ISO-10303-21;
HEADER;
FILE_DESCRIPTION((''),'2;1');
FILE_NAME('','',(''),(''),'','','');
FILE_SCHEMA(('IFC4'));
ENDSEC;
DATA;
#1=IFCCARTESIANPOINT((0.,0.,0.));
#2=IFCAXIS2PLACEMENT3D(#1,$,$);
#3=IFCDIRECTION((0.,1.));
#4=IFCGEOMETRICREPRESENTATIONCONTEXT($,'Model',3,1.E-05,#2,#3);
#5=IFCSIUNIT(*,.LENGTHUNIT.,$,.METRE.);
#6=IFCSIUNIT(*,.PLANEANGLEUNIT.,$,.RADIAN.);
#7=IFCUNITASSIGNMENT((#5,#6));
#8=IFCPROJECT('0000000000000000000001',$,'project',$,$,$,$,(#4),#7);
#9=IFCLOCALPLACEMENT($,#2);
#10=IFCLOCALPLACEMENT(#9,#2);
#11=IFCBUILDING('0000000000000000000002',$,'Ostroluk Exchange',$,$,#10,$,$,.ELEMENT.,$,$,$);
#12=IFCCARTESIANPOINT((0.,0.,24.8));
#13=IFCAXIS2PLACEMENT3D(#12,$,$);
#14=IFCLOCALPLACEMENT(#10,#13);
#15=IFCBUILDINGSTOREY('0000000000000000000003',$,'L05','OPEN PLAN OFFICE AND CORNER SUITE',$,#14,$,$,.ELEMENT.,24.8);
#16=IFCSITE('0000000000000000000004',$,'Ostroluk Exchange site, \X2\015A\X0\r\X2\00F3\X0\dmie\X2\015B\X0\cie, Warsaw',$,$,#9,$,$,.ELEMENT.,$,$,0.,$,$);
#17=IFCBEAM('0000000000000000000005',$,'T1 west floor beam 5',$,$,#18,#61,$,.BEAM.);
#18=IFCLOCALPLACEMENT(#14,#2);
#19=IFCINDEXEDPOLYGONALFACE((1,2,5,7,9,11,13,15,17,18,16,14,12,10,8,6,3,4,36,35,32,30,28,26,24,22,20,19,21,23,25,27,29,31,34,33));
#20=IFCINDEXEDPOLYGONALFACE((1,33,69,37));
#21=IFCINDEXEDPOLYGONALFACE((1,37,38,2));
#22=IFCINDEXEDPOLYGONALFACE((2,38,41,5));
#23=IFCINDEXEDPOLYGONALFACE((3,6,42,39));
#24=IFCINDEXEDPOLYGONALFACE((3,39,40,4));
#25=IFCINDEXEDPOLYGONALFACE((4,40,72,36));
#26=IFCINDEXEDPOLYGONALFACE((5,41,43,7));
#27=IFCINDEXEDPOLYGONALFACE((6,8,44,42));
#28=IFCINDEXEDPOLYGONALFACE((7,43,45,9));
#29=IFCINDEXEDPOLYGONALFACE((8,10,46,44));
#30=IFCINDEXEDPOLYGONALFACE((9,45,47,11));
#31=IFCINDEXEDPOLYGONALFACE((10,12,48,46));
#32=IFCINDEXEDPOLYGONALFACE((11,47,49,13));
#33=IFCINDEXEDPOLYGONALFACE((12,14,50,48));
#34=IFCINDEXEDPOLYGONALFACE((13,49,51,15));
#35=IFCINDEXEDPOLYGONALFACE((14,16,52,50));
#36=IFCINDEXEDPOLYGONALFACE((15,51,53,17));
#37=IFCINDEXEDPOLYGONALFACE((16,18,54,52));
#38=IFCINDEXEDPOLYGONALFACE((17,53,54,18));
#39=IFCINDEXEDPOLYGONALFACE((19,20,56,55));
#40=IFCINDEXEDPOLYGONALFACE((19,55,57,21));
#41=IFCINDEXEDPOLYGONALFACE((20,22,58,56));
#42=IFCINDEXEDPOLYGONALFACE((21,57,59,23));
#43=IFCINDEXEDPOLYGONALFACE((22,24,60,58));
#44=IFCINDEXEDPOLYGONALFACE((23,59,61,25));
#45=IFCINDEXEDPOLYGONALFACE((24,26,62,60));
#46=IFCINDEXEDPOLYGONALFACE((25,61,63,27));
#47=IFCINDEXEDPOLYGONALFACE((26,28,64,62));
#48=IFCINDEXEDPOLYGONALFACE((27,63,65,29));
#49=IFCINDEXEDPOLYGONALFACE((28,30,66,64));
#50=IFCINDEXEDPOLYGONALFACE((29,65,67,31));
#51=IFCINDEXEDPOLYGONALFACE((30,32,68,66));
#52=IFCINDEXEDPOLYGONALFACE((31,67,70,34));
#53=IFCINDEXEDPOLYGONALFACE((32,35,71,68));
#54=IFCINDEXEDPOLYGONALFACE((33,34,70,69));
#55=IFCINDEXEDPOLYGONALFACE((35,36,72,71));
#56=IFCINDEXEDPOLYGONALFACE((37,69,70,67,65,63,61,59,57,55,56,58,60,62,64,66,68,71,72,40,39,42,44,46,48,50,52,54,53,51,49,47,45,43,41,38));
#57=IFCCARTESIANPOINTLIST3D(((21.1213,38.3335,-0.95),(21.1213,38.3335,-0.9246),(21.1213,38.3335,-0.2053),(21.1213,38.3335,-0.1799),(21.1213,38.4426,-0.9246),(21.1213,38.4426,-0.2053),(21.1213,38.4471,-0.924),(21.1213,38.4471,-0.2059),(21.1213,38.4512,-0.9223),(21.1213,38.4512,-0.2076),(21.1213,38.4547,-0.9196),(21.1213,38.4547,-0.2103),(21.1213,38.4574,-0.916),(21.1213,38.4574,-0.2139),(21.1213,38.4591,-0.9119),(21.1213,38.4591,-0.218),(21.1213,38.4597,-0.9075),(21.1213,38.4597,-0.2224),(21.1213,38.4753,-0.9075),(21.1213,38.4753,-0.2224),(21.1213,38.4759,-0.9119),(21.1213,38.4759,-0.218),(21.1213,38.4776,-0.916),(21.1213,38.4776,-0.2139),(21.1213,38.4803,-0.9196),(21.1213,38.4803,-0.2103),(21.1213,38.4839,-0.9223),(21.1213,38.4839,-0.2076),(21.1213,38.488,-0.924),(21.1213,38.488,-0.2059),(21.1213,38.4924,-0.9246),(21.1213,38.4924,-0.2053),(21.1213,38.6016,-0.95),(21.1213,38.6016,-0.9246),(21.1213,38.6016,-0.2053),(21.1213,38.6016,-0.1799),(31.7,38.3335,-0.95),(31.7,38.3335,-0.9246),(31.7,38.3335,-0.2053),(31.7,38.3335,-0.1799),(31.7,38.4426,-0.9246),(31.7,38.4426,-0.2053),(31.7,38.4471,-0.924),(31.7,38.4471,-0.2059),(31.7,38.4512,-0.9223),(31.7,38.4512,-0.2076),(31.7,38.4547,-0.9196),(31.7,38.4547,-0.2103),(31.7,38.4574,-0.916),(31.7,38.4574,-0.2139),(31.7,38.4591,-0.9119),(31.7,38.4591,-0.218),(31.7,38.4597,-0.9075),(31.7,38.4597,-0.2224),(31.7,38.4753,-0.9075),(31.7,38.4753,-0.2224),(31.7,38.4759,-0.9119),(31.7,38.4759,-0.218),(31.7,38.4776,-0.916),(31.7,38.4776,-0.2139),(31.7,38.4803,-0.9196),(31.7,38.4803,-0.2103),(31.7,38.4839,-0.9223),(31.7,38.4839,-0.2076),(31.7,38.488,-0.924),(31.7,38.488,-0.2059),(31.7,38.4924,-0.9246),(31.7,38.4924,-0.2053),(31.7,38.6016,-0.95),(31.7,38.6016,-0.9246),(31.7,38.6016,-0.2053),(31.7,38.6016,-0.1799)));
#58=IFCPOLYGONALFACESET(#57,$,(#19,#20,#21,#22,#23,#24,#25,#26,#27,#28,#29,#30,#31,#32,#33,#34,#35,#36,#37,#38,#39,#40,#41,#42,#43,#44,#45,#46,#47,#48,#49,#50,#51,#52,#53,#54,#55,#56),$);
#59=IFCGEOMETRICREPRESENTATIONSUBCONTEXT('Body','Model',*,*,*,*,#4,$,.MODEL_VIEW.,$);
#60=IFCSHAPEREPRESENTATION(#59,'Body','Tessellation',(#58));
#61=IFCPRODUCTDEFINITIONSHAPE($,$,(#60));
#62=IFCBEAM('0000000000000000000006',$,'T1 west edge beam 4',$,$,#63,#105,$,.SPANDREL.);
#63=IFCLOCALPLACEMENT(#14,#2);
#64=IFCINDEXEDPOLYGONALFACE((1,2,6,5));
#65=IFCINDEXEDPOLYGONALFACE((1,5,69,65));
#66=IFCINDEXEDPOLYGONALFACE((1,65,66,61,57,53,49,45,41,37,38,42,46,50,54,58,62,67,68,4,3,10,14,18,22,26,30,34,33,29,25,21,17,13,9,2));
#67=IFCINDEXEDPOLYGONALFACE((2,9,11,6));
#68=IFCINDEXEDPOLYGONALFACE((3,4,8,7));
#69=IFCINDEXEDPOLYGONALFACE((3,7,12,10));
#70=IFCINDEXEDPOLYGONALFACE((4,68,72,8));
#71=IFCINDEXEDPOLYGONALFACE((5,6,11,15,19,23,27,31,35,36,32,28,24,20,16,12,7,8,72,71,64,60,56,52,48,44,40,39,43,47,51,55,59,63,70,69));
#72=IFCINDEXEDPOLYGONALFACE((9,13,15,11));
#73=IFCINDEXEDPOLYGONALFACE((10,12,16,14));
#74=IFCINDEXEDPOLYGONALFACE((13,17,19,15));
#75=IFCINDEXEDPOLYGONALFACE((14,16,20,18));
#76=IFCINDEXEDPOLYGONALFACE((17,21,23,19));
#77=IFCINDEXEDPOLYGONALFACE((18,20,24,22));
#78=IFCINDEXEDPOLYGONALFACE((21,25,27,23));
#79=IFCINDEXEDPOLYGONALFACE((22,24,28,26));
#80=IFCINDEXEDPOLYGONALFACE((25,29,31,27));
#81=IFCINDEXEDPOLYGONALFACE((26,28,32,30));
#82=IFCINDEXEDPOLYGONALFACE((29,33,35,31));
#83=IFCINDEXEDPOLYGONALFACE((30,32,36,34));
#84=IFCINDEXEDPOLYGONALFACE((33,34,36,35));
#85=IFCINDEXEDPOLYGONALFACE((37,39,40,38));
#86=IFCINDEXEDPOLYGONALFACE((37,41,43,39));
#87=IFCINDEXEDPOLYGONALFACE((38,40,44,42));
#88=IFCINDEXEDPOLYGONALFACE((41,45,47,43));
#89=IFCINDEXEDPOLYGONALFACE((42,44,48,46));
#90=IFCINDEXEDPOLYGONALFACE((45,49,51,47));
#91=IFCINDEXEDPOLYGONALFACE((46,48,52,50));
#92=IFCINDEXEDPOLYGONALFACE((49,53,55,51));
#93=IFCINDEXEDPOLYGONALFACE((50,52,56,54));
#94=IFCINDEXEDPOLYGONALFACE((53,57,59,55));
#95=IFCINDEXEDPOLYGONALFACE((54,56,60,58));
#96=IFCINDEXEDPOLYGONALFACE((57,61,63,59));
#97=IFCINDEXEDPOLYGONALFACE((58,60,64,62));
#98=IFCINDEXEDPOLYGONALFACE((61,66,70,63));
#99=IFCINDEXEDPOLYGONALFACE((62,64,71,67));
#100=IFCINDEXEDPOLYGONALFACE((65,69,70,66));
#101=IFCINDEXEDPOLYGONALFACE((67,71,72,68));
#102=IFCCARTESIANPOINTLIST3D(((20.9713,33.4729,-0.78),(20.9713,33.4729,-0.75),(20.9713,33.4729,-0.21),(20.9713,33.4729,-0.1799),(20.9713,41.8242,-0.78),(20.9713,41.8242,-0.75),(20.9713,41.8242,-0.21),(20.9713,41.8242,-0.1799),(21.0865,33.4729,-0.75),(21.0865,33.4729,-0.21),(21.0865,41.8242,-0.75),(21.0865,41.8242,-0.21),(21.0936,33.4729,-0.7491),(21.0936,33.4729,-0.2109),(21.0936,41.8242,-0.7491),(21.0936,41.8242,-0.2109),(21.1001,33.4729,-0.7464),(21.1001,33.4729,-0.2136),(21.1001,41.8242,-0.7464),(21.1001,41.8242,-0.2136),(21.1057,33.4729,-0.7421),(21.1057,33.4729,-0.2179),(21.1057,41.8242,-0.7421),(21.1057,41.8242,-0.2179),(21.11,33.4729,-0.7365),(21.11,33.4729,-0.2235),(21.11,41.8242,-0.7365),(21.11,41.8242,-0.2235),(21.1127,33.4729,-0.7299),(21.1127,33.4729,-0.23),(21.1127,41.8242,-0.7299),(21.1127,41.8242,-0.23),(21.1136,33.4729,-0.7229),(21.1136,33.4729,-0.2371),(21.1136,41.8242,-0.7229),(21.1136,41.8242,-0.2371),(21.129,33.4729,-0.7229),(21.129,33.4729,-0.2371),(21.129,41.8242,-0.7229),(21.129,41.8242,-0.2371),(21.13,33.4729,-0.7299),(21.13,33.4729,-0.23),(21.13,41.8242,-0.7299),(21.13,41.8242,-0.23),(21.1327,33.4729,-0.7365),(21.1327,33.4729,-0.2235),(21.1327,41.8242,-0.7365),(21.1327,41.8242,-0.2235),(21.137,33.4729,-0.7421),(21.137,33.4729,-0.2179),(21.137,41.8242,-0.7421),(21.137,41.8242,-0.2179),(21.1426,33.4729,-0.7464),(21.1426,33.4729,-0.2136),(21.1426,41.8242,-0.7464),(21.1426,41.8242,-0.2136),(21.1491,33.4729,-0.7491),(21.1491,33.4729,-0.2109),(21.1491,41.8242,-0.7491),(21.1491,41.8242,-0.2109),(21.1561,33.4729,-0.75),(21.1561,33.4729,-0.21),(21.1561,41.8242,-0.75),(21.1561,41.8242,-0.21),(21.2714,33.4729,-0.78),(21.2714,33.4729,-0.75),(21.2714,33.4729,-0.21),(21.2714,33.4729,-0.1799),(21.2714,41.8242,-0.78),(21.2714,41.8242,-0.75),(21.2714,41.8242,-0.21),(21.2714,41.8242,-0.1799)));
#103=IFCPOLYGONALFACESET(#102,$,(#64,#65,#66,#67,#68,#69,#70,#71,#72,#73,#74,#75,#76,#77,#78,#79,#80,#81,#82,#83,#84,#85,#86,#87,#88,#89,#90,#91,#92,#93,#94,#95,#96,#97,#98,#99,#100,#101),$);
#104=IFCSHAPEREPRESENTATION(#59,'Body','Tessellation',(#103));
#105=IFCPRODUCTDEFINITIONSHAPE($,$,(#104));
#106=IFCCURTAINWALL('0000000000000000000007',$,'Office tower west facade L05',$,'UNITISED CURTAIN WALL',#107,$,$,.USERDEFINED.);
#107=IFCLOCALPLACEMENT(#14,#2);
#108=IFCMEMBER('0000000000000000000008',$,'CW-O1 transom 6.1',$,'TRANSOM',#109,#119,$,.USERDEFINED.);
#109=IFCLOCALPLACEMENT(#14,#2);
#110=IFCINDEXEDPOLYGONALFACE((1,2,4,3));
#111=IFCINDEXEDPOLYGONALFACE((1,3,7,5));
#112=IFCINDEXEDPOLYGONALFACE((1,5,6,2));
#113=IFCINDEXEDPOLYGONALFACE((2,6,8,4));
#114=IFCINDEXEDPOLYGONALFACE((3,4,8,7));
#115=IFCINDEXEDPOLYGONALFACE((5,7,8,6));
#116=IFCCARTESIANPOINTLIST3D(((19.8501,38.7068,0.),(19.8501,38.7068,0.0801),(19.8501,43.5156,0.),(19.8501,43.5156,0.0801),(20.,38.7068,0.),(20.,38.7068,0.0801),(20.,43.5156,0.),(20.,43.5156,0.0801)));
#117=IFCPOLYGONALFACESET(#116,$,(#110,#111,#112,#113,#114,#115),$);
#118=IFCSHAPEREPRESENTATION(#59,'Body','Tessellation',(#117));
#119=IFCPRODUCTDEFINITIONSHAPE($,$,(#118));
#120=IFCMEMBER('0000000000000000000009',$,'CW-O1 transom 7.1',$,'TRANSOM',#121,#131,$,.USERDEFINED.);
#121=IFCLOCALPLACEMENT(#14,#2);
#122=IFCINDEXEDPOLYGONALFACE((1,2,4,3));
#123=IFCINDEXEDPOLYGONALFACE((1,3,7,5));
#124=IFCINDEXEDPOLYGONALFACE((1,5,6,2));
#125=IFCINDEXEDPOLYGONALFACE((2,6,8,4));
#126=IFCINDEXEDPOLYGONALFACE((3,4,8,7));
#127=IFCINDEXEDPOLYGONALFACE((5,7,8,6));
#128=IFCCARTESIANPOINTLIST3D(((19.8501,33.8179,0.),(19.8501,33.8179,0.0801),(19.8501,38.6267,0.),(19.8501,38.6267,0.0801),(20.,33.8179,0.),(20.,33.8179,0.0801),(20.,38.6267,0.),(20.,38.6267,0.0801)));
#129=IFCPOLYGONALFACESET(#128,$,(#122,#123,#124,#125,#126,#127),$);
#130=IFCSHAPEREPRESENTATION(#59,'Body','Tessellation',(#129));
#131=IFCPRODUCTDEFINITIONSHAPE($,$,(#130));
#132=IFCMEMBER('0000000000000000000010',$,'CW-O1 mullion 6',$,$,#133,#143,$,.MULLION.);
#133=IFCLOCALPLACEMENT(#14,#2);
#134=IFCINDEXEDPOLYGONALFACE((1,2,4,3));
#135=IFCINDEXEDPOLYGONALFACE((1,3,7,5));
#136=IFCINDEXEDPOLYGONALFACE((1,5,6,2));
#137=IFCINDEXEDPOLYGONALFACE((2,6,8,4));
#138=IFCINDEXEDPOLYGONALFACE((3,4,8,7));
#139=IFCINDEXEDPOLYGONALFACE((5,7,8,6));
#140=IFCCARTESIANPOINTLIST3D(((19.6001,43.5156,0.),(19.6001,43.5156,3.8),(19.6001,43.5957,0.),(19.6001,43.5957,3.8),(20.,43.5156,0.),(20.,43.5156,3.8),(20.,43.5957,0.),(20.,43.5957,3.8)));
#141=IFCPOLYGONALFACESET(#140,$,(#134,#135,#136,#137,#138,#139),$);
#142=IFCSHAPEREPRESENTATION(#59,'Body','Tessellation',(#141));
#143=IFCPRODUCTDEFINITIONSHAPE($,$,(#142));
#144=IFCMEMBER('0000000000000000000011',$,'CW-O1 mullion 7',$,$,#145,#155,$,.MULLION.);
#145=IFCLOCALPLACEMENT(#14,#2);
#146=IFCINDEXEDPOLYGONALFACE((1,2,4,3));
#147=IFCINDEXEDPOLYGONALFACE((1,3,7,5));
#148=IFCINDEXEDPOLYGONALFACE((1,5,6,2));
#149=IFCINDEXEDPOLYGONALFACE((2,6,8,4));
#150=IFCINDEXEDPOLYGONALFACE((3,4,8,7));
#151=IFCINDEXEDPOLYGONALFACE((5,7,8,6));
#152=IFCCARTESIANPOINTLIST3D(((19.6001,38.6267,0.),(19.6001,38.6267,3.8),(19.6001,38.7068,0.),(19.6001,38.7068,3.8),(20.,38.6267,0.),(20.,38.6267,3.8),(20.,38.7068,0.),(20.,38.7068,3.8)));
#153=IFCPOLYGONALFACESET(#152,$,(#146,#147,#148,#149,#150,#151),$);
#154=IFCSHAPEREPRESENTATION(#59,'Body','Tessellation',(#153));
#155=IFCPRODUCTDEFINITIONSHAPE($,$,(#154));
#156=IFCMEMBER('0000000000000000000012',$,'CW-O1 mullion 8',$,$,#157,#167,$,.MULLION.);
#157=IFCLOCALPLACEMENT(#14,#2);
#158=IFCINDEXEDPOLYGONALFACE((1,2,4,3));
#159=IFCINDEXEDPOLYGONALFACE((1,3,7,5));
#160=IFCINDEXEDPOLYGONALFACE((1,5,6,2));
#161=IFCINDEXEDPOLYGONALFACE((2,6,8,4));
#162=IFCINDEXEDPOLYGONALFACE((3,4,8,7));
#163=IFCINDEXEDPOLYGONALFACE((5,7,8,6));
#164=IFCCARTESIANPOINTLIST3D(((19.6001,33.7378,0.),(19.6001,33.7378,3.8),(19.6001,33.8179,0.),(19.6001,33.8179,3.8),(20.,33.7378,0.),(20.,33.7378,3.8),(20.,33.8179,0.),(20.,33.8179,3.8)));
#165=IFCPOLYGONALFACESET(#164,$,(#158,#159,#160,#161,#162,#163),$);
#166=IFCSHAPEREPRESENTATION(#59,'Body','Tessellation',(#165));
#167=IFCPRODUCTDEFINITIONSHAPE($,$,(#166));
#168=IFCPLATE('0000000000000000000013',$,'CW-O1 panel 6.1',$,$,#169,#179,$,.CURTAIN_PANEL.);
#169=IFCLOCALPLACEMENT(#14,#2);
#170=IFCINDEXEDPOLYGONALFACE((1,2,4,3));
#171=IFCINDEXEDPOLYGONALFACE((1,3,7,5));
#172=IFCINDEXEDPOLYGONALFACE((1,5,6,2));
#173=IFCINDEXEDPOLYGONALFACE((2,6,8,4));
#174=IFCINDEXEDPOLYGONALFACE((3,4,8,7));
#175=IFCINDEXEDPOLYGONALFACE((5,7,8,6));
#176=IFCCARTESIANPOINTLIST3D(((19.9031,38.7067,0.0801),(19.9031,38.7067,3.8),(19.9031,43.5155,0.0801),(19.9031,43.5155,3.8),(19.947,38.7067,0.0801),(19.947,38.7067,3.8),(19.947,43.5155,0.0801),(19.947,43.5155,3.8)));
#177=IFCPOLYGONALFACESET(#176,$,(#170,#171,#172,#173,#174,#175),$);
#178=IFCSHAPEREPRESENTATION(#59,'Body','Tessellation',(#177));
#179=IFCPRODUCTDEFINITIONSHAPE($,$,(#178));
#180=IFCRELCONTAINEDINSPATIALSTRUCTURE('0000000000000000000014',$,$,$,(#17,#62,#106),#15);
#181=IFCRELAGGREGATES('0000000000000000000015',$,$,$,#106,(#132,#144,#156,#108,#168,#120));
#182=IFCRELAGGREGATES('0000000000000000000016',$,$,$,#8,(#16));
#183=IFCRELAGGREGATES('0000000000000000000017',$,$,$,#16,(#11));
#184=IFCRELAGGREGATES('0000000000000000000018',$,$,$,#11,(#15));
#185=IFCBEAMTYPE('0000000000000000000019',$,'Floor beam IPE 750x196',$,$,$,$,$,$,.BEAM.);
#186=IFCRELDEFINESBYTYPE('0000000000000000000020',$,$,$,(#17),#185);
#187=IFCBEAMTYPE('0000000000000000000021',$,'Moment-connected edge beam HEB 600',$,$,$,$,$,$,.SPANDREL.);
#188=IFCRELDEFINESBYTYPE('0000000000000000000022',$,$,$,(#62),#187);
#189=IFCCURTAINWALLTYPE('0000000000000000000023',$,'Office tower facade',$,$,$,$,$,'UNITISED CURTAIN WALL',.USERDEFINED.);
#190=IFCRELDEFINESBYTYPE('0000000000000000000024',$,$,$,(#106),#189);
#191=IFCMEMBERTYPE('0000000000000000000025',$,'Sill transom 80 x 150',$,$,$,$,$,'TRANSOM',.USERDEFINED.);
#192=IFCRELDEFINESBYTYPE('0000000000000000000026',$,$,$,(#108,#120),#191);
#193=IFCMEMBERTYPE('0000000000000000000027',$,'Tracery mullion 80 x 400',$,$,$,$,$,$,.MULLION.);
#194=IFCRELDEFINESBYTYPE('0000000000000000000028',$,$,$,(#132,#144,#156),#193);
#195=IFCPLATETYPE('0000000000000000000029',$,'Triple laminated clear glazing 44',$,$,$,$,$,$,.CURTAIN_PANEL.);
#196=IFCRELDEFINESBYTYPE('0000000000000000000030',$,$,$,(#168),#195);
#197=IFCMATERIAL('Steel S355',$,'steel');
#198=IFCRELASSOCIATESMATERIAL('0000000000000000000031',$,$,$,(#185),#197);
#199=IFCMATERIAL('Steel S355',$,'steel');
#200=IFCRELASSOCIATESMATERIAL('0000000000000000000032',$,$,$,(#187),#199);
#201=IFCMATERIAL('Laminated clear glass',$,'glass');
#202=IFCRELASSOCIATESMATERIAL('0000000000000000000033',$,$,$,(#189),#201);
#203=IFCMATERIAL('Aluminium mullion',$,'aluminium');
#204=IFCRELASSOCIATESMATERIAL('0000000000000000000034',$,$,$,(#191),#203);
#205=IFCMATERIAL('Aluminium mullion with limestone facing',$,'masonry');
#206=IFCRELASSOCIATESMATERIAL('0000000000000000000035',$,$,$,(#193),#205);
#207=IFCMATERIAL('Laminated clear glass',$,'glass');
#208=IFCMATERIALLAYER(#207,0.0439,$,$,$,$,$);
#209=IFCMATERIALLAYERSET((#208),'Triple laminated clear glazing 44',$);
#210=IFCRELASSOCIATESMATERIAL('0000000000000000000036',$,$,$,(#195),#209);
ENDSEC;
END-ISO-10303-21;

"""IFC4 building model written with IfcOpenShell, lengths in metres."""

from ifc_helpers import new_model, si_unit, direction, frame, origin, origin_2d, place, context, subcontext, project, spatial, rectangle, i_section, extrude, material, layer, layer_set, material_profile, profile_set, type_object, element, aggregate, save


model = new_model("IFC4")

# Units and contexts
model_context = context("Model", 3, precision=1e-05, world=origin(), true_north=direction((0.0, 1.0)))
body_context = subcontext(model_context, "Body", "Model", "MODEL_VIEW")
ifc_project = project(units=[si_unit("LENGTHUNIT", "METRE"), si_unit("PLANEANGLEUNIT", "RADIAN")], contexts=[model_context])

# Site, building, storey
site_placement = place(None, origin())
site = spatial("IfcSite", under=ifc_project, at=site_placement, Name="Ostroluk Exchange site, Śródmieście, Warsaw", CompositionType="ELEMENT", RefElevation=0.0)
building_placement = place(site_placement, origin())
building = spatial("IfcBuilding", under=site, at=building_placement, Name="Ostroluk Exchange", CompositionType="ELEMENT")
storey_placement = place(building_placement, frame((0.0, 0.0, 24.8)))
storey = spatial("IfcBuildingStorey", under=building, at=storey_placement, Name="L05", Description="OPEN PLAN OFFICE AND CORNER SUITE", CompositionType="ELEMENT", Elevation=24.8)

# Beams
ifc_material_1 = material(Name="Steel S355", Category="steel")
ifc_material_profile_1 = material_profile(ifc_material_1, i_section(OverallWidth=0.2681, OverallDepth=0.77, WebThickness=0.0156, FlangeThickness=0.0254, FilletRadius=0.0171, at=origin_2d()), Name="IPE 750x196")
ifc_profile_set_1 = profile_set([ifc_material_profile_1], Name="Steel S355")
beam_type_1 = type_object("IfcBeamType", Name="Floor beam IPE 750x196", PredefinedType="BEAM", material=ifc_profile_set_1)
for number, where, z_axis, x_axis, name in (
    (1, (31.7, 38.4675, -0.5649), (-1.0, 0.0, 0.0), (0.0, -1.0, 0.0), "T1 west floor beam 5"),
):
    element("IfcBeam", number, at=place(storey_placement, frame(where, z_axis=z_axis, x_axis=x_axis)), inside=storey, type_object=beam_type_1, Name=name, PredefinedType="BEAM", context=body_context, shape_type="SweptSolid", body=[
        extrude(i_section(OverallWidth=0.2681, OverallDepth=0.77, WebThickness=0.0156, FlangeThickness=0.0254, FilletRadius=0.0171, at=origin_2d()), origin(), (0.0, 0.0, 1.0), 10.5786),
    ])
ifc_material_2 = material(Name="Steel S355", Category="steel")
ifc_material_profile_2 = material_profile(ifc_material_2, i_section(OverallWidth=0.3, OverallDepth=0.6001, WebThickness=0.0154, FlangeThickness=0.03, FilletRadius=0.0271, at=origin_2d()), Name="HEB 600")
ifc_profile_set_2 = profile_set([ifc_material_profile_2], Name="Steel S355")
beam_type_2 = type_object("IfcBeamType", Name="Moment-connected edge beam HEB 600", PredefinedType="SPANDREL", material=ifc_profile_set_2)
beam_1_placement = place(storey_placement, frame((21.1213, 41.8242, -0.48), z_axis=(0.0, -1.0, 0.0), x_axis=(1.0, 0.0, 0.0)))
element("IfcBeam", 2, at=beam_1_placement, inside=storey, type_object=beam_type_2, Name="T1 west edge beam 4", PredefinedType="SPANDREL", context=body_context, shape_type="SweptSolid", body=[
    extrude(i_section(OverallWidth=0.3, OverallDepth=0.6001, WebThickness=0.0154, FlangeThickness=0.03, FilletRadius=0.0271, at=origin_2d()), origin(), (0.0, 0.0, 1.0), 8.3513),
])

# Curtain wall, members, plate
ifc_material_3 = material(Name="Laminated clear glass", Category="glass")
curtain_wall_type = type_object("IfcCurtainWallType", Name="Office tower facade", ElementType="UNITISED CURTAIN WALL", PredefinedType="USERDEFINED", material=ifc_material_3)
curtain_wall_placement = place(storey_placement, origin())
curtain_wall = element("IfcCurtainWall", 3, at=curtain_wall_placement, inside=storey, type_object=curtain_wall_type, Name="Office tower west facade L05", ObjectType="UNITISED CURTAIN WALL", PredefinedType="USERDEFINED")
ifc_material_4 = material(Name="Aluminium mullion", Category="aluminium")
ifc_material_profile_3 = material_profile(ifc_material_4, rectangle(XDim=0.1499, YDim=0.0801, at=origin_2d()), Name="Sill transom 80 x 150")
ifc_profile_set_3 = profile_set([ifc_material_profile_3], Name="Aluminium mullion")
member_type_1 = type_object("IfcMemberType", Name="Sill transom 80 x 150", ElementType="TRANSOM", PredefinedType="USERDEFINED", material=ifc_profile_set_3)
member_1_placement = place(storey_placement, frame((19.925, 43.5156, 0.04), z_axis=(0.0, -1.0, 0.0), x_axis=(1.0, 0.0, 0.0)))
member_1 = element("IfcMember", 4, at=member_1_placement, type_object=member_type_1, Name="CW-O1 transom 6.1", ObjectType="TRANSOM", PredefinedType="USERDEFINED", context=body_context, shape_type="SweptSolid", body=[
    extrude(rectangle(XDim=0.1499, YDim=0.0801, at=origin_2d()), origin(), (0.0, 0.0, 1.0), 4.8088),
])
member_2_placement = place(storey_placement, frame((19.925, 38.6267, 0.04), z_axis=(0.0, -1.0, 0.0), x_axis=(1.0, 0.0, 0.0)))
member_2 = element("IfcMember", 5, at=member_2_placement, type_object=member_type_1, Name="CW-O1 transom 7.1", ObjectType="TRANSOM", PredefinedType="USERDEFINED", context=body_context, shape_type="SweptSolid", body=[
    extrude(rectangle(XDim=0.1499, YDim=0.0801, at=origin_2d()), origin(), (0.0, 0.0, 1.0), 4.8088),
])
ifc_material_5 = material(Name="Aluminium mullion with limestone facing", Category="masonry")
ifc_material_profile_4 = material_profile(ifc_material_5, rectangle(XDim=0.3999, YDim=0.0801, at=origin_2d()), Name="Tracery mullion 80 x 400")
ifc_profile_set_4 = profile_set([ifc_material_profile_4], Name="Aluminium mullion with limestone facing")
member_type_2 = type_object("IfcMemberType", Name="Tracery mullion 80 x 400", PredefinedType="MULLION", material=ifc_profile_set_4)
member_3_placement = place(storey_placement, frame((19.8, 43.5557, 0.0), z_axis=(0.0, 0.0, 1.0), x_axis=(1.0, 0.0, 0.0)))
member_3 = element("IfcMember", 6, at=member_3_placement, type_object=member_type_2, Name="CW-O1 mullion 6", PredefinedType="MULLION", context=body_context, shape_type="SweptSolid", body=[
    extrude(rectangle(XDim=0.3999, YDim=0.0801, at=origin_2d()), origin(), (0.0, 0.0, 1.0), 3.8),
])
member_4_placement = place(storey_placement, frame((19.8, 38.6667, 0.0), z_axis=(0.0, 0.0, 1.0), x_axis=(1.0, 0.0, 0.0)))
member_4 = element("IfcMember", 7, at=member_4_placement, type_object=member_type_2, Name="CW-O1 mullion 7", PredefinedType="MULLION", context=body_context, shape_type="SweptSolid", body=[
    extrude(rectangle(XDim=0.3999, YDim=0.0801, at=origin_2d()), origin(), (0.0, 0.0, 1.0), 3.8),
])
member_5_placement = place(storey_placement, frame((19.8, 33.7778, 0.0), z_axis=(0.0, 0.0, 1.0), x_axis=(1.0, 0.0, 0.0)))
member_5 = element("IfcMember", 8, at=member_5_placement, type_object=member_type_2, Name="CW-O1 mullion 8", PredefinedType="MULLION", context=body_context, shape_type="SweptSolid", body=[
    extrude(rectangle(XDim=0.3999, YDim=0.0801, at=origin_2d()), origin(), (0.0, 0.0, 1.0), 3.8),
])
ifc_material_6 = material(Name="Laminated clear glass", Category="glass")
ifc_layer_1 = layer(ifc_material_6, 0.0439)
ifc_layer_set_1 = layer_set([ifc_layer_1], Name="Triple laminated clear glazing 44")
plate_type = type_object("IfcPlateType", Name="Triple laminated clear glazing 44", PredefinedType="CURTAIN_PANEL", material=ifc_layer_set_1)
plate_1_placement = place(storey_placement, frame((19.925, 41.1111, 0.0801), z_axis=(0.0, 0.0, 1.0), x_axis=(0.0, -1.0, 0.0)))
plate_1 = element("IfcPlate", 9, at=plate_1_placement, type_object=plate_type, Name="CW-O1 panel 6.1", PredefinedType="CURTAIN_PANEL", context=body_context, shape_type="SweptSolid", body=[
    extrude(rectangle(XDim=4.8088, YDim=0.0439, at=origin_2d()), origin(), (0.0, 0.0, 1.0), 3.72),
])
aggregate(curtain_wall, [member_3, member_4, member_5, member_1, plate_1, member_2])

save(model, "model.ifc")
